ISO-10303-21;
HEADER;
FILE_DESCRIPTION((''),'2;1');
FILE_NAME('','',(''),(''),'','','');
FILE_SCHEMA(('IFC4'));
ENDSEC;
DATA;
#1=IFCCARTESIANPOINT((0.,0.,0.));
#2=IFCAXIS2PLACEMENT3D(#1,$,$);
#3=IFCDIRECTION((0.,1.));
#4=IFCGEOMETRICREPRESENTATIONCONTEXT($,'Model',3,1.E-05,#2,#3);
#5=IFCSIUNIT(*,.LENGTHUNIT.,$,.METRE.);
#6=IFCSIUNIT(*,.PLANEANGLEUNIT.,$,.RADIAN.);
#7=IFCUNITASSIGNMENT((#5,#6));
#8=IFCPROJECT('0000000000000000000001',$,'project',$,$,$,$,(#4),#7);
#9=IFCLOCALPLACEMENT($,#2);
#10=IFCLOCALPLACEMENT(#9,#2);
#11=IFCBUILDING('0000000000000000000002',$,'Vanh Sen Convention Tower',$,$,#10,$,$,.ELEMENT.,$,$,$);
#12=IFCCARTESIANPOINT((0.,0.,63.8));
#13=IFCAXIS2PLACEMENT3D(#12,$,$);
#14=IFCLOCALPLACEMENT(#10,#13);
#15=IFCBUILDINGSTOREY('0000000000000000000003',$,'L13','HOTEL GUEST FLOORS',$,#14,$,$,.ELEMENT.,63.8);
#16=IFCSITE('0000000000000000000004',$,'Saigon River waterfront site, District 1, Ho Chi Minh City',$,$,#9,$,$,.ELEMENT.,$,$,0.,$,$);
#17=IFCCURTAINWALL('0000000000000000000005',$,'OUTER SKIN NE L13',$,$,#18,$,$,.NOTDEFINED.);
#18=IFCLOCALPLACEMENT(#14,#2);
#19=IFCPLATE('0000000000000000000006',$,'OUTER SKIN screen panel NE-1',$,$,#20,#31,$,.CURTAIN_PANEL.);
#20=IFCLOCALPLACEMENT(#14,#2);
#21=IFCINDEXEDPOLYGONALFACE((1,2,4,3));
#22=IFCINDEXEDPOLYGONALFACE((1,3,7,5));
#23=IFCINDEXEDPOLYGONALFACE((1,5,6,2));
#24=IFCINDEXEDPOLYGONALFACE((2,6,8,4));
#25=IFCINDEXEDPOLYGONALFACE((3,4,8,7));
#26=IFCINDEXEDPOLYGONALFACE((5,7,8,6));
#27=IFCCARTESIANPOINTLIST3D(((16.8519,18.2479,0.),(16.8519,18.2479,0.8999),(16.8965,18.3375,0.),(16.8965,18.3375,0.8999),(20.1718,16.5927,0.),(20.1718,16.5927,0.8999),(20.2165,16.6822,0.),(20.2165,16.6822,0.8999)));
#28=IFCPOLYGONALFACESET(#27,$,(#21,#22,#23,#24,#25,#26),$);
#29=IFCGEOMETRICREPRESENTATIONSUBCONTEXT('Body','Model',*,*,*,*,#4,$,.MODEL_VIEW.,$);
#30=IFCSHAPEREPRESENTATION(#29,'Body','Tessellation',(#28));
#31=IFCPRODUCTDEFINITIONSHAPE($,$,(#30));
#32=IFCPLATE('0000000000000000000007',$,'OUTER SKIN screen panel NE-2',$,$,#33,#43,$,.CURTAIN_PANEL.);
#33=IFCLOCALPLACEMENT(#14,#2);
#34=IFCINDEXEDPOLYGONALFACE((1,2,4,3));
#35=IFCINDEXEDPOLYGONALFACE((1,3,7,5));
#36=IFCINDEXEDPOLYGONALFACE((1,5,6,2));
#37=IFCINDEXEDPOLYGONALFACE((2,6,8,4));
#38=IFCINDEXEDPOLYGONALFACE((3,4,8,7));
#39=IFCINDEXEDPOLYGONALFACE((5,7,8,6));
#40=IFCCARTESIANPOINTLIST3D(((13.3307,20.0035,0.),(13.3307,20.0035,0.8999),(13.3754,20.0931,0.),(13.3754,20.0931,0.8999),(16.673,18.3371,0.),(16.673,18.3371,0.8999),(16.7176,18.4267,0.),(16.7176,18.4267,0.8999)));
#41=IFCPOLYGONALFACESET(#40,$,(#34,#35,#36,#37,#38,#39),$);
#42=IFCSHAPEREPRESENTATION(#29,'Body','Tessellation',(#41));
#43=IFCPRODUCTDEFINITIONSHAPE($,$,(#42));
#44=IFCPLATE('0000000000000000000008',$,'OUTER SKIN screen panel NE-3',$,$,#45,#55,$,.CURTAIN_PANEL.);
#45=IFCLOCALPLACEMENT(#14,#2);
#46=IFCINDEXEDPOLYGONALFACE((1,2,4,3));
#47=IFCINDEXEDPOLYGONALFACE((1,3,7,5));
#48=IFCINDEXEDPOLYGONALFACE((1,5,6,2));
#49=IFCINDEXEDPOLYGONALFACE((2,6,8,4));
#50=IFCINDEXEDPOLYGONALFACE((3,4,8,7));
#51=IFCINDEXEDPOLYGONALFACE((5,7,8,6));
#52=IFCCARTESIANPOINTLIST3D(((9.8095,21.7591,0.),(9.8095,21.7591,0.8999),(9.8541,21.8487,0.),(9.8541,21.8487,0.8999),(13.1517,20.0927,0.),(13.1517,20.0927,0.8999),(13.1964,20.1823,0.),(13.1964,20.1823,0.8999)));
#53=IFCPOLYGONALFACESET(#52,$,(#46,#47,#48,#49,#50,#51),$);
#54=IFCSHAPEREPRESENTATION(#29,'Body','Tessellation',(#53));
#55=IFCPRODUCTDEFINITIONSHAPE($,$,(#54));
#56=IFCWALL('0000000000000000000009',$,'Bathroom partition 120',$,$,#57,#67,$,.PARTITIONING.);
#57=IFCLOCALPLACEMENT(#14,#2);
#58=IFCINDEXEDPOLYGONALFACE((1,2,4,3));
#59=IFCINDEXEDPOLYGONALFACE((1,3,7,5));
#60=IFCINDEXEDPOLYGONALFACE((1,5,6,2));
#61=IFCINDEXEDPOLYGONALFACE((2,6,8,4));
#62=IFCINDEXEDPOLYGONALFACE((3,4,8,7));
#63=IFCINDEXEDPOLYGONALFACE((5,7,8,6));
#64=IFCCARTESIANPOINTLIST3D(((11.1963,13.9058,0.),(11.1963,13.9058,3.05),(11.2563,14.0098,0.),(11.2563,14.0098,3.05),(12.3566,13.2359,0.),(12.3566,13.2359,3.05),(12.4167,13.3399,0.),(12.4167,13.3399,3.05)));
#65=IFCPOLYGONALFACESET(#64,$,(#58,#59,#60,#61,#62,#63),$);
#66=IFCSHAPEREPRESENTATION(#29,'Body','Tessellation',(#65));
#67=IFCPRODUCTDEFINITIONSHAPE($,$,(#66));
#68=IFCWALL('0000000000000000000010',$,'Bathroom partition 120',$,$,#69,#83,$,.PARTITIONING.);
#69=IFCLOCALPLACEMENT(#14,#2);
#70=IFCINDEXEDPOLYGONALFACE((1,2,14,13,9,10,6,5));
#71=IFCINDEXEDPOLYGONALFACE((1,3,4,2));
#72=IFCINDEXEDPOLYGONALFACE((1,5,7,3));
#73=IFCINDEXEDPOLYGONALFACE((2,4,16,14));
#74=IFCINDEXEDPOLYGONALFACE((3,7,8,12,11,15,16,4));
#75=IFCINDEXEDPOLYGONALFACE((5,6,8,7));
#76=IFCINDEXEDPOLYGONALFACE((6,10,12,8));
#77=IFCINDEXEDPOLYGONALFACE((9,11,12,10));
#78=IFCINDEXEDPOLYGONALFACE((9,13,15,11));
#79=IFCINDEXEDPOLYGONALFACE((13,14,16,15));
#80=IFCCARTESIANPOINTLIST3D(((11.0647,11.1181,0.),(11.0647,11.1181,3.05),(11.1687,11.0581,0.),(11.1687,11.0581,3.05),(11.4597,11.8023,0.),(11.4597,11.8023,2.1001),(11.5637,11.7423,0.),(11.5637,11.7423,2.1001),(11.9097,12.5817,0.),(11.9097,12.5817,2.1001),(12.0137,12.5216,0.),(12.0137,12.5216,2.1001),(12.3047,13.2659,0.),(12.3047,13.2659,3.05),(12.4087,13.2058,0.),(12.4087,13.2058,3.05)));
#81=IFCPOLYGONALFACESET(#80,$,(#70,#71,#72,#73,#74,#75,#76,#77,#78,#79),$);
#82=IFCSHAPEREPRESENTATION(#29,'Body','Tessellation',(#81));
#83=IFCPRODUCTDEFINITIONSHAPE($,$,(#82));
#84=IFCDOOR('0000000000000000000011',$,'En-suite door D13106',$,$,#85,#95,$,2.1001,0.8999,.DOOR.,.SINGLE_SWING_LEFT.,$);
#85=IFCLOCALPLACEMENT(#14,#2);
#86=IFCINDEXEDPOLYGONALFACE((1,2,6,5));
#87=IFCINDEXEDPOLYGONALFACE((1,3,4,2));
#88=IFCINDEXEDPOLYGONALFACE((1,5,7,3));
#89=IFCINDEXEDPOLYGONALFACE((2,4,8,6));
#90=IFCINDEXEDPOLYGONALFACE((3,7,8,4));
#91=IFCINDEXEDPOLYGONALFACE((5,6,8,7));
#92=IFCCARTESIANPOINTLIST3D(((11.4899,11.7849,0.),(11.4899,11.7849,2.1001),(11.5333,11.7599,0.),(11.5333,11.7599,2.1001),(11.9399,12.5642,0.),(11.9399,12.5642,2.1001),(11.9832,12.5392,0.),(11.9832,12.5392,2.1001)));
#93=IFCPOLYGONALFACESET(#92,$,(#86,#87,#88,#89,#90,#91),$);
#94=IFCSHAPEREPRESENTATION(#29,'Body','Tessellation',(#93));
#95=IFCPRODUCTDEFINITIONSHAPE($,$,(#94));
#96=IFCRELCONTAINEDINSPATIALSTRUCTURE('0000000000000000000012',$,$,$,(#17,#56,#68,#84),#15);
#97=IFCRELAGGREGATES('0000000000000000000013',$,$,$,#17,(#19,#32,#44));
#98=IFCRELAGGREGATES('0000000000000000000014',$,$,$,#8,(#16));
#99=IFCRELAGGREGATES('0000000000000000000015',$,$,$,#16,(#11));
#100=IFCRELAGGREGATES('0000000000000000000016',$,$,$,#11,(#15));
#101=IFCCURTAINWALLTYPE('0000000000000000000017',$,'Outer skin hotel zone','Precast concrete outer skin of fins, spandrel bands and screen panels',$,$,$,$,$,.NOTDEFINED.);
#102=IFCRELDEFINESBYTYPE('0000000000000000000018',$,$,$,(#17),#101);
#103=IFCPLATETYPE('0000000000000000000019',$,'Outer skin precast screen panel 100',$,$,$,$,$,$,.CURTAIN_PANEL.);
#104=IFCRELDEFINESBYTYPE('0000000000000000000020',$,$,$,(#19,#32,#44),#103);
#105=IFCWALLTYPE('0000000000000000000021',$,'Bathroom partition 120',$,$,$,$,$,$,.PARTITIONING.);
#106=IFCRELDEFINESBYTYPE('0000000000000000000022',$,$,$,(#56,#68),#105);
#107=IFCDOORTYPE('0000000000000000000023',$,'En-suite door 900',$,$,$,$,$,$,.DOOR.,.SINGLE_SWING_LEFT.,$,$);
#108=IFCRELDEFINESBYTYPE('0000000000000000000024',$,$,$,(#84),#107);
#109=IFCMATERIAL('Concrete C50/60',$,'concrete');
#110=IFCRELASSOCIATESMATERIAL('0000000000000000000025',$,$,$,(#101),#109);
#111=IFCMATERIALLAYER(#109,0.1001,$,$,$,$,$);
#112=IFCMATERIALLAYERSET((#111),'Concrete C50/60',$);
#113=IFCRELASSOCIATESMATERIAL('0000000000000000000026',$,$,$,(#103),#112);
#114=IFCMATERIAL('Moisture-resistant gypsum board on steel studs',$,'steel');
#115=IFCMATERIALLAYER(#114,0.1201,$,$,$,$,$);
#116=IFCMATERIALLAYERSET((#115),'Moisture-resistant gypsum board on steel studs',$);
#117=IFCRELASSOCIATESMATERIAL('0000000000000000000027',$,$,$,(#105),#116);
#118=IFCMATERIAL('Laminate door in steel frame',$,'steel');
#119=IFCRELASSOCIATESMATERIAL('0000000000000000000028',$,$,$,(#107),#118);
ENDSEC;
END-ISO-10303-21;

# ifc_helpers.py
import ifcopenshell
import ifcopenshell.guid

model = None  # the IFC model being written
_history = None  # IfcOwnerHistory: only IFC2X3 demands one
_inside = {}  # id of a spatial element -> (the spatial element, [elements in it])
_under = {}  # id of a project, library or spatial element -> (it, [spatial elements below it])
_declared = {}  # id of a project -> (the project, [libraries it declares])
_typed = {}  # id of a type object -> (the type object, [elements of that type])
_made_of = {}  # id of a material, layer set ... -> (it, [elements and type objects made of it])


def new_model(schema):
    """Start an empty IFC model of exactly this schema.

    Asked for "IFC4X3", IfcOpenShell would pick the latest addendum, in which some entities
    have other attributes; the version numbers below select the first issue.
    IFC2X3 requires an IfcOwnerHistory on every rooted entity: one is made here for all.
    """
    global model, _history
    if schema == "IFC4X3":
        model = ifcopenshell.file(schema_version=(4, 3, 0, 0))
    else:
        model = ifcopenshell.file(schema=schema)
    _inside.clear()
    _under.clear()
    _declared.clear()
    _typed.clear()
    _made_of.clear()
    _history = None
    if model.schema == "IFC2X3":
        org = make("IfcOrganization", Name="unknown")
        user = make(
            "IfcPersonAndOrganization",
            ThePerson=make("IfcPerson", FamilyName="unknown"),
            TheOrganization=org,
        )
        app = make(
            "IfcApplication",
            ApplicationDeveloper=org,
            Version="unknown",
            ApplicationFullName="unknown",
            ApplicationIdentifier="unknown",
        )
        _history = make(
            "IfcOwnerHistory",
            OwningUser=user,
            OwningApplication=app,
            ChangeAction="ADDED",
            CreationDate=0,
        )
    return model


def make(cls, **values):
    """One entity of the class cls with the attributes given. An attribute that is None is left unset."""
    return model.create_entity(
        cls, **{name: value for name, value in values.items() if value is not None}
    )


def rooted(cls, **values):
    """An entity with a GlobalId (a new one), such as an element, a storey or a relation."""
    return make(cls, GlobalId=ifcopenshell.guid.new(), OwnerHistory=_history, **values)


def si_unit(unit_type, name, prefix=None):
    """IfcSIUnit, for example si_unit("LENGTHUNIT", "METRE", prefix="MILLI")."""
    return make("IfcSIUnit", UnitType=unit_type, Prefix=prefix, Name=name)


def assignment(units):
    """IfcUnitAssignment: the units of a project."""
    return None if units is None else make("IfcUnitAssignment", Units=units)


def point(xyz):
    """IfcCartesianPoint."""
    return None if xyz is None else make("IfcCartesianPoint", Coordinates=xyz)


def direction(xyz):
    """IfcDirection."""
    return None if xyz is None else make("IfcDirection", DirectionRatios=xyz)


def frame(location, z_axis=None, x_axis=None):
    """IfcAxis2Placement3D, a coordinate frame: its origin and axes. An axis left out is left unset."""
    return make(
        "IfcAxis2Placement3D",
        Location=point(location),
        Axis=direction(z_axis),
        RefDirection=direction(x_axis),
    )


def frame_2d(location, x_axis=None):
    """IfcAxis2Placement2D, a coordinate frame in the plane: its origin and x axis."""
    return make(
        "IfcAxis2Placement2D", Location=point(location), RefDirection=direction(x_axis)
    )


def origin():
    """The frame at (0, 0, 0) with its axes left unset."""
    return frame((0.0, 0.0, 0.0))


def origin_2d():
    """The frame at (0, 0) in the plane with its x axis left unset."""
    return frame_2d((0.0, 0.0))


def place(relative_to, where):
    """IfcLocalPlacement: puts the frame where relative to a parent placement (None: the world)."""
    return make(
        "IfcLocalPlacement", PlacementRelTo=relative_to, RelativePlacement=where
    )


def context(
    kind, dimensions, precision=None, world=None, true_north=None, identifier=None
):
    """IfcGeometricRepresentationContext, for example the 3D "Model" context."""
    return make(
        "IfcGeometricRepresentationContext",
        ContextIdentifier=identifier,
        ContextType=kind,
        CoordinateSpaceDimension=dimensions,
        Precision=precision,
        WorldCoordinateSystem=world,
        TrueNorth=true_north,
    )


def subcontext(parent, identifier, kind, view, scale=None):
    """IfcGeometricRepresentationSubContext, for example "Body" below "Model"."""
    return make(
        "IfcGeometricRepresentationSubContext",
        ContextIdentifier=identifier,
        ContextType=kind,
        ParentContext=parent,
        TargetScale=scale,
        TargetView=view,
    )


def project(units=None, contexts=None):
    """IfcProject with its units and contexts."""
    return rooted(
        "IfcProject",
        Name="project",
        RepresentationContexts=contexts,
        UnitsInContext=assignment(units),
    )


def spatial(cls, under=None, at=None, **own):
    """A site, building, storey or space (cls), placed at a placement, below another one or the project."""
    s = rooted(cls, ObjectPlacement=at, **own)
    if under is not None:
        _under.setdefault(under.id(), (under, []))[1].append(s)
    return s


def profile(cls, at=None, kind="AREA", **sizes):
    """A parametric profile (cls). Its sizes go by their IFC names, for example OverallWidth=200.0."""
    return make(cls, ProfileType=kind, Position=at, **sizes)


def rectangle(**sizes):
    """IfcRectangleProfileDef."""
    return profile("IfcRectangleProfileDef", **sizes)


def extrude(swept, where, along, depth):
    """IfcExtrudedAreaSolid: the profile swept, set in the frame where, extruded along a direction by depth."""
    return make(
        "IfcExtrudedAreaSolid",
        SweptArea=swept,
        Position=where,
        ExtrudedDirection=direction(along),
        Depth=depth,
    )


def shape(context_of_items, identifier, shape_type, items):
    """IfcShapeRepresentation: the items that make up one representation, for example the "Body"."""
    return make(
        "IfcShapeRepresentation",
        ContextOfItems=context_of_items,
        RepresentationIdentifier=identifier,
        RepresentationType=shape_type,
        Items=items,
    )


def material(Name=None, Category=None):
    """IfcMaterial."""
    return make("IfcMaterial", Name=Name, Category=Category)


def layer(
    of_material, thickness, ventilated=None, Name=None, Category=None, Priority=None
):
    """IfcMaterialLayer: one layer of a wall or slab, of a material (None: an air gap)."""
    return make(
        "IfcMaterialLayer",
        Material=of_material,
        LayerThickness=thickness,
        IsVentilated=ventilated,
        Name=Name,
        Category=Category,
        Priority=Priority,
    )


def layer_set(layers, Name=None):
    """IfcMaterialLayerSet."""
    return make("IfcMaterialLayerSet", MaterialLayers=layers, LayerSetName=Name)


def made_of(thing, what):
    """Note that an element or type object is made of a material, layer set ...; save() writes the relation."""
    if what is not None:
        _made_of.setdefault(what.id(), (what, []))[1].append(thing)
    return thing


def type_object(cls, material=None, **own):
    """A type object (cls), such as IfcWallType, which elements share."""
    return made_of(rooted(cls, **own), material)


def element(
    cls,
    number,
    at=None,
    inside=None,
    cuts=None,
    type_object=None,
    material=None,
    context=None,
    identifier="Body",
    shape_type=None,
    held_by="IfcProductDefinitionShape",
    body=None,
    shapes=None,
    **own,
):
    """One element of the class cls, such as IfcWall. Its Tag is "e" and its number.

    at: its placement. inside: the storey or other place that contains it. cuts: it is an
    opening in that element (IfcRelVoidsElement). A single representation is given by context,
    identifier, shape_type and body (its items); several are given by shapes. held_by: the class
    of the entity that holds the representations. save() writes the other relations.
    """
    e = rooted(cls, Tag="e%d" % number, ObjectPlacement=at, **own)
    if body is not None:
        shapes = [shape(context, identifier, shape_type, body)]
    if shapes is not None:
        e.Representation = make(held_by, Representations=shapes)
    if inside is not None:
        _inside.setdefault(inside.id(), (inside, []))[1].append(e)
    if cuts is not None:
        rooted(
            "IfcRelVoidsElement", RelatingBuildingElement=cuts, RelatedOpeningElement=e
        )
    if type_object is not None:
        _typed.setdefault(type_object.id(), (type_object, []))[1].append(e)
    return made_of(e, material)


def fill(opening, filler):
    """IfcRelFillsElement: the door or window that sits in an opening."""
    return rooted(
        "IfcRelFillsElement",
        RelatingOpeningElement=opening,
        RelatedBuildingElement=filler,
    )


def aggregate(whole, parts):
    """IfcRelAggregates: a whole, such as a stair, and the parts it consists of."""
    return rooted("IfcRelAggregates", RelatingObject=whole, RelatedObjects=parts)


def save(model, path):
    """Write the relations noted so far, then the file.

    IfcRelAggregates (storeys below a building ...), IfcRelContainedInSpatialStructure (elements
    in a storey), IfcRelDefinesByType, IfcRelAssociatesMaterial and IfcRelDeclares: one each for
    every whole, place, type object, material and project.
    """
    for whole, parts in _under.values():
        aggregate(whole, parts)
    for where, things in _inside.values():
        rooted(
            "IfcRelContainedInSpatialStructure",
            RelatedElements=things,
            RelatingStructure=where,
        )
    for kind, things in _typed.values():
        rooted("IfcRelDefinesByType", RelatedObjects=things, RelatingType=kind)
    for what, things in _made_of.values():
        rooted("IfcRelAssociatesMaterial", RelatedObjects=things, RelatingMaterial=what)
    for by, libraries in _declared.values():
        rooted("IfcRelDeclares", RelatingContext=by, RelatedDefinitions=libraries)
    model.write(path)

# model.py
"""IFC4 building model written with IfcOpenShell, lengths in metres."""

from ifc_helpers import new_model, si_unit, direction, frame, frame_2d, origin, origin_2d, place, context, subcontext, project, spatial, rectangle, extrude, material, layer, layer_set, type_object, element, fill, aggregate, save


model = new_model("IFC4")

# Units and contexts
model_context = context("Model", 3, precision=1e-05, world=origin(), true_north=direction((0.0, 1.0)))
body_context = subcontext(model_context, "Body", "Model", "MODEL_VIEW")
ifc_project = project(units=[si_unit("LENGTHUNIT", "METRE"), si_unit("PLANEANGLEUNIT", "RADIAN")], contexts=[model_context])

# Site, building, storey
site_placement = place(None, origin())
site = spatial("IfcSite", under=ifc_project, at=site_placement, Name="Saigon River waterfront site, District 1, Ho Chi Minh City", CompositionType="ELEMENT", RefElevation=0.0)
building_placement = place(site_placement, origin())
building = spatial("IfcBuilding", under=site, at=building_placement, Name="Vanh Sen Convention Tower", CompositionType="ELEMENT")
storey_placement = place(building_placement, frame((0.0, 0.0, 63.8)))
storey = spatial("IfcBuildingStorey", under=building, at=storey_placement, Name="L13", Description="HOTEL GUEST FLOORS", CompositionType="ELEMENT", Elevation=63.8)

# Curtain wall
ifc_material_1 = material(Name="Concrete C50/60", Category="concrete")
curtain_wall_type = type_object("IfcCurtainWallType", Name="Outer skin hotel zone", Description="Precast concrete outer skin of fins, spandrel bands and screen panels", PredefinedType="NOTDEFINED", material=ifc_material_1)
curtain_wall_1_placement = place(storey_placement, origin())
curtain_wall_1 = element("IfcCurtainWall", 1, at=curtain_wall_1_placement, inside=storey, type_object=curtain_wall_type, Name="OUTER SKIN NE L13", PredefinedType="NOTDEFINED")

# Shared definitions
ifc_layer_1 = layer(ifc_material_1, 0.1001)
ifc_layer_set_1 = layer_set([ifc_layer_1], Name="Concrete C50/60")
plate_type = type_object("IfcPlateType", Name="Outer skin precast screen panel 100", PredefinedType="CURTAIN_PANEL", material=ifc_layer_set_1)

# Plates
plate_1_placement = place(storey_placement, frame((18.5342, 17.4651, 0.0), z_axis=(0.0, 0.0, 1.0), x_axis=(-0.894935, 0.446196, 0.0)))
plate_1 = element("IfcPlate", 2, at=plate_1_placement, type_object=plate_type, Name="OUTER SKIN screen panel NE-1", PredefinedType="CURTAIN_PANEL", context=body_context, shape_type="SweptSolid", body=[
    extrude(rectangle(XDim=3.7097, YDim=0.1001, at=origin_2d()), origin(), (0.0, 0.0, 1.0), 0.8999),
])
plate_2_placement = place(storey_placement, frame((15.0242, 19.2151, 0.0), z_axis=(0.0, 0.0, 1.0), x_axis=(-0.894935, 0.446196, 0.0)))
plate_2 = element("IfcPlate", 3, at=plate_2_placement, type_object=plate_type, Name="OUTER SKIN screen panel NE-2", PredefinedType="CURTAIN_PANEL", context=body_context, shape_type="SweptSolid", body=[
    extrude(rectangle(XDim=3.7346, YDim=0.1001, at=origin_2d()), origin(), (0.0, 0.0, 1.0), 0.8999),
])
plate_3_placement = place(storey_placement, frame((11.5029, 20.9707, 0.0), z_axis=(0.0, 0.0, 1.0), x_axis=(-0.894935, 0.446196, 0.0)))
plate_3 = element("IfcPlate", 4, at=plate_3_placement, type_object=plate_type, Name="OUTER SKIN screen panel NE-3", PredefinedType="CURTAIN_PANEL", context=body_context, shape_type="SweptSolid", body=[
    extrude(rectangle(XDim=3.7346, YDim=0.1001, at=origin_2d()), origin(), (0.0, 0.0, 1.0), 0.8999),
])
aggregate(curtain_wall_1, [plate_1, plate_2, plate_3])

# Wall
ifc_material_2 = material(Name="Moisture-resistant gypsum board on steel studs", Category="steel")
ifc_layer_2 = layer(ifc_material_2, 0.1201)
ifc_layer_set_2 = layer_set([ifc_layer_2], Name="Moisture-resistant gypsum board on steel studs")
wall_type_1 = type_object("IfcWallType", Name="Bathroom partition 120", PredefinedType="PARTITIONING", material=ifc_layer_set_2)
wall_1_placement = place(storey_placement, frame((11.2263, 13.9578, 0.0), z_axis=(0.0, 0.0, 1.0), x_axis=(0.866037, -0.49998, 0.0)))
element("IfcWall", 5, at=wall_1_placement, inside=storey, type_object=wall_type_1, Name="Bathroom partition 120", PredefinedType="PARTITIONING", context=body_context, shape_type="SweptSolid", body=[
    extrude(rectangle(XDim=1.3398, YDim=0.1201, at=frame_2d((0.6699, 0.0))), origin(), (0.0, 0.0, 1.0), 3.05),
])

# Wall, opening, door
wall_2_placement = place(storey_placement, frame((12.3567, 13.2358, 0.0), z_axis=(0.0, 0.0, 1.0), x_axis=(-0.500004, -0.866023, 0.0)))
wall_2 = element("IfcWall", 6, at=wall_2_placement, inside=storey, type_object=wall_type_1, Name="Bathroom partition 120", PredefinedType="PARTITIONING", context=body_context, shape_type="SweptSolid", body=[
    extrude(rectangle(XDim=2.48, YDim=0.1201, at=frame_2d((1.24, 0.0))), origin(), (0.0, 0.0, 1.0), 3.05),
])
opening_1_placement = place(wall_2_placement, frame((0.79, 0.0, 0.0)))
opening_1 = element("IfcOpeningElement", 7, at=opening_1_placement, cuts=wall_2, PredefinedType="OPENING", context=body_context, shape_type="SweptSolid", body=[
    extrude(rectangle(XDim=0.8999, YDim=2.1001, at=frame_2d((0.45, 1.05))), frame((0.0, 0.0701, 0.0), z_axis=(0.0, -1.0, 0.0), x_axis=(1.0, 0.0, 0.0)), (0.0, 0.0, 1.0), 0.1401),
])
ifc_material_3 = material(Name="Laminate door in steel frame", Category="steel")
door_type = type_object("IfcDoorType", Name="En-suite door 900", OperationType="SINGLE_SWING_LEFT", PredefinedType="DOOR", material=ifc_material_3)
door_placement = place(opening_1_placement, origin())
door = element("IfcDoor", 8, at=door_placement, inside=storey, type_object=door_type, Name="En-suite door D13106", OperationType="SINGLE_SWING_LEFT", OverallHeight=2.1001, OverallWidth=0.8999, PredefinedType="DOOR", context=body_context, shape_type="SweptSolid", body=[
    extrude(rectangle(XDim=0.8999, YDim=2.1001, at=frame_2d((0.45, 1.05))), frame((0.0, 0.0249, 0.0), z_axis=(0.0, -1.0, 0.0), x_axis=(1.0, 0.0, 0.0)), (0.0, 0.0, 1.0), 0.05),
])
fill(opening_1, door)

save(model, "model.ifc")
